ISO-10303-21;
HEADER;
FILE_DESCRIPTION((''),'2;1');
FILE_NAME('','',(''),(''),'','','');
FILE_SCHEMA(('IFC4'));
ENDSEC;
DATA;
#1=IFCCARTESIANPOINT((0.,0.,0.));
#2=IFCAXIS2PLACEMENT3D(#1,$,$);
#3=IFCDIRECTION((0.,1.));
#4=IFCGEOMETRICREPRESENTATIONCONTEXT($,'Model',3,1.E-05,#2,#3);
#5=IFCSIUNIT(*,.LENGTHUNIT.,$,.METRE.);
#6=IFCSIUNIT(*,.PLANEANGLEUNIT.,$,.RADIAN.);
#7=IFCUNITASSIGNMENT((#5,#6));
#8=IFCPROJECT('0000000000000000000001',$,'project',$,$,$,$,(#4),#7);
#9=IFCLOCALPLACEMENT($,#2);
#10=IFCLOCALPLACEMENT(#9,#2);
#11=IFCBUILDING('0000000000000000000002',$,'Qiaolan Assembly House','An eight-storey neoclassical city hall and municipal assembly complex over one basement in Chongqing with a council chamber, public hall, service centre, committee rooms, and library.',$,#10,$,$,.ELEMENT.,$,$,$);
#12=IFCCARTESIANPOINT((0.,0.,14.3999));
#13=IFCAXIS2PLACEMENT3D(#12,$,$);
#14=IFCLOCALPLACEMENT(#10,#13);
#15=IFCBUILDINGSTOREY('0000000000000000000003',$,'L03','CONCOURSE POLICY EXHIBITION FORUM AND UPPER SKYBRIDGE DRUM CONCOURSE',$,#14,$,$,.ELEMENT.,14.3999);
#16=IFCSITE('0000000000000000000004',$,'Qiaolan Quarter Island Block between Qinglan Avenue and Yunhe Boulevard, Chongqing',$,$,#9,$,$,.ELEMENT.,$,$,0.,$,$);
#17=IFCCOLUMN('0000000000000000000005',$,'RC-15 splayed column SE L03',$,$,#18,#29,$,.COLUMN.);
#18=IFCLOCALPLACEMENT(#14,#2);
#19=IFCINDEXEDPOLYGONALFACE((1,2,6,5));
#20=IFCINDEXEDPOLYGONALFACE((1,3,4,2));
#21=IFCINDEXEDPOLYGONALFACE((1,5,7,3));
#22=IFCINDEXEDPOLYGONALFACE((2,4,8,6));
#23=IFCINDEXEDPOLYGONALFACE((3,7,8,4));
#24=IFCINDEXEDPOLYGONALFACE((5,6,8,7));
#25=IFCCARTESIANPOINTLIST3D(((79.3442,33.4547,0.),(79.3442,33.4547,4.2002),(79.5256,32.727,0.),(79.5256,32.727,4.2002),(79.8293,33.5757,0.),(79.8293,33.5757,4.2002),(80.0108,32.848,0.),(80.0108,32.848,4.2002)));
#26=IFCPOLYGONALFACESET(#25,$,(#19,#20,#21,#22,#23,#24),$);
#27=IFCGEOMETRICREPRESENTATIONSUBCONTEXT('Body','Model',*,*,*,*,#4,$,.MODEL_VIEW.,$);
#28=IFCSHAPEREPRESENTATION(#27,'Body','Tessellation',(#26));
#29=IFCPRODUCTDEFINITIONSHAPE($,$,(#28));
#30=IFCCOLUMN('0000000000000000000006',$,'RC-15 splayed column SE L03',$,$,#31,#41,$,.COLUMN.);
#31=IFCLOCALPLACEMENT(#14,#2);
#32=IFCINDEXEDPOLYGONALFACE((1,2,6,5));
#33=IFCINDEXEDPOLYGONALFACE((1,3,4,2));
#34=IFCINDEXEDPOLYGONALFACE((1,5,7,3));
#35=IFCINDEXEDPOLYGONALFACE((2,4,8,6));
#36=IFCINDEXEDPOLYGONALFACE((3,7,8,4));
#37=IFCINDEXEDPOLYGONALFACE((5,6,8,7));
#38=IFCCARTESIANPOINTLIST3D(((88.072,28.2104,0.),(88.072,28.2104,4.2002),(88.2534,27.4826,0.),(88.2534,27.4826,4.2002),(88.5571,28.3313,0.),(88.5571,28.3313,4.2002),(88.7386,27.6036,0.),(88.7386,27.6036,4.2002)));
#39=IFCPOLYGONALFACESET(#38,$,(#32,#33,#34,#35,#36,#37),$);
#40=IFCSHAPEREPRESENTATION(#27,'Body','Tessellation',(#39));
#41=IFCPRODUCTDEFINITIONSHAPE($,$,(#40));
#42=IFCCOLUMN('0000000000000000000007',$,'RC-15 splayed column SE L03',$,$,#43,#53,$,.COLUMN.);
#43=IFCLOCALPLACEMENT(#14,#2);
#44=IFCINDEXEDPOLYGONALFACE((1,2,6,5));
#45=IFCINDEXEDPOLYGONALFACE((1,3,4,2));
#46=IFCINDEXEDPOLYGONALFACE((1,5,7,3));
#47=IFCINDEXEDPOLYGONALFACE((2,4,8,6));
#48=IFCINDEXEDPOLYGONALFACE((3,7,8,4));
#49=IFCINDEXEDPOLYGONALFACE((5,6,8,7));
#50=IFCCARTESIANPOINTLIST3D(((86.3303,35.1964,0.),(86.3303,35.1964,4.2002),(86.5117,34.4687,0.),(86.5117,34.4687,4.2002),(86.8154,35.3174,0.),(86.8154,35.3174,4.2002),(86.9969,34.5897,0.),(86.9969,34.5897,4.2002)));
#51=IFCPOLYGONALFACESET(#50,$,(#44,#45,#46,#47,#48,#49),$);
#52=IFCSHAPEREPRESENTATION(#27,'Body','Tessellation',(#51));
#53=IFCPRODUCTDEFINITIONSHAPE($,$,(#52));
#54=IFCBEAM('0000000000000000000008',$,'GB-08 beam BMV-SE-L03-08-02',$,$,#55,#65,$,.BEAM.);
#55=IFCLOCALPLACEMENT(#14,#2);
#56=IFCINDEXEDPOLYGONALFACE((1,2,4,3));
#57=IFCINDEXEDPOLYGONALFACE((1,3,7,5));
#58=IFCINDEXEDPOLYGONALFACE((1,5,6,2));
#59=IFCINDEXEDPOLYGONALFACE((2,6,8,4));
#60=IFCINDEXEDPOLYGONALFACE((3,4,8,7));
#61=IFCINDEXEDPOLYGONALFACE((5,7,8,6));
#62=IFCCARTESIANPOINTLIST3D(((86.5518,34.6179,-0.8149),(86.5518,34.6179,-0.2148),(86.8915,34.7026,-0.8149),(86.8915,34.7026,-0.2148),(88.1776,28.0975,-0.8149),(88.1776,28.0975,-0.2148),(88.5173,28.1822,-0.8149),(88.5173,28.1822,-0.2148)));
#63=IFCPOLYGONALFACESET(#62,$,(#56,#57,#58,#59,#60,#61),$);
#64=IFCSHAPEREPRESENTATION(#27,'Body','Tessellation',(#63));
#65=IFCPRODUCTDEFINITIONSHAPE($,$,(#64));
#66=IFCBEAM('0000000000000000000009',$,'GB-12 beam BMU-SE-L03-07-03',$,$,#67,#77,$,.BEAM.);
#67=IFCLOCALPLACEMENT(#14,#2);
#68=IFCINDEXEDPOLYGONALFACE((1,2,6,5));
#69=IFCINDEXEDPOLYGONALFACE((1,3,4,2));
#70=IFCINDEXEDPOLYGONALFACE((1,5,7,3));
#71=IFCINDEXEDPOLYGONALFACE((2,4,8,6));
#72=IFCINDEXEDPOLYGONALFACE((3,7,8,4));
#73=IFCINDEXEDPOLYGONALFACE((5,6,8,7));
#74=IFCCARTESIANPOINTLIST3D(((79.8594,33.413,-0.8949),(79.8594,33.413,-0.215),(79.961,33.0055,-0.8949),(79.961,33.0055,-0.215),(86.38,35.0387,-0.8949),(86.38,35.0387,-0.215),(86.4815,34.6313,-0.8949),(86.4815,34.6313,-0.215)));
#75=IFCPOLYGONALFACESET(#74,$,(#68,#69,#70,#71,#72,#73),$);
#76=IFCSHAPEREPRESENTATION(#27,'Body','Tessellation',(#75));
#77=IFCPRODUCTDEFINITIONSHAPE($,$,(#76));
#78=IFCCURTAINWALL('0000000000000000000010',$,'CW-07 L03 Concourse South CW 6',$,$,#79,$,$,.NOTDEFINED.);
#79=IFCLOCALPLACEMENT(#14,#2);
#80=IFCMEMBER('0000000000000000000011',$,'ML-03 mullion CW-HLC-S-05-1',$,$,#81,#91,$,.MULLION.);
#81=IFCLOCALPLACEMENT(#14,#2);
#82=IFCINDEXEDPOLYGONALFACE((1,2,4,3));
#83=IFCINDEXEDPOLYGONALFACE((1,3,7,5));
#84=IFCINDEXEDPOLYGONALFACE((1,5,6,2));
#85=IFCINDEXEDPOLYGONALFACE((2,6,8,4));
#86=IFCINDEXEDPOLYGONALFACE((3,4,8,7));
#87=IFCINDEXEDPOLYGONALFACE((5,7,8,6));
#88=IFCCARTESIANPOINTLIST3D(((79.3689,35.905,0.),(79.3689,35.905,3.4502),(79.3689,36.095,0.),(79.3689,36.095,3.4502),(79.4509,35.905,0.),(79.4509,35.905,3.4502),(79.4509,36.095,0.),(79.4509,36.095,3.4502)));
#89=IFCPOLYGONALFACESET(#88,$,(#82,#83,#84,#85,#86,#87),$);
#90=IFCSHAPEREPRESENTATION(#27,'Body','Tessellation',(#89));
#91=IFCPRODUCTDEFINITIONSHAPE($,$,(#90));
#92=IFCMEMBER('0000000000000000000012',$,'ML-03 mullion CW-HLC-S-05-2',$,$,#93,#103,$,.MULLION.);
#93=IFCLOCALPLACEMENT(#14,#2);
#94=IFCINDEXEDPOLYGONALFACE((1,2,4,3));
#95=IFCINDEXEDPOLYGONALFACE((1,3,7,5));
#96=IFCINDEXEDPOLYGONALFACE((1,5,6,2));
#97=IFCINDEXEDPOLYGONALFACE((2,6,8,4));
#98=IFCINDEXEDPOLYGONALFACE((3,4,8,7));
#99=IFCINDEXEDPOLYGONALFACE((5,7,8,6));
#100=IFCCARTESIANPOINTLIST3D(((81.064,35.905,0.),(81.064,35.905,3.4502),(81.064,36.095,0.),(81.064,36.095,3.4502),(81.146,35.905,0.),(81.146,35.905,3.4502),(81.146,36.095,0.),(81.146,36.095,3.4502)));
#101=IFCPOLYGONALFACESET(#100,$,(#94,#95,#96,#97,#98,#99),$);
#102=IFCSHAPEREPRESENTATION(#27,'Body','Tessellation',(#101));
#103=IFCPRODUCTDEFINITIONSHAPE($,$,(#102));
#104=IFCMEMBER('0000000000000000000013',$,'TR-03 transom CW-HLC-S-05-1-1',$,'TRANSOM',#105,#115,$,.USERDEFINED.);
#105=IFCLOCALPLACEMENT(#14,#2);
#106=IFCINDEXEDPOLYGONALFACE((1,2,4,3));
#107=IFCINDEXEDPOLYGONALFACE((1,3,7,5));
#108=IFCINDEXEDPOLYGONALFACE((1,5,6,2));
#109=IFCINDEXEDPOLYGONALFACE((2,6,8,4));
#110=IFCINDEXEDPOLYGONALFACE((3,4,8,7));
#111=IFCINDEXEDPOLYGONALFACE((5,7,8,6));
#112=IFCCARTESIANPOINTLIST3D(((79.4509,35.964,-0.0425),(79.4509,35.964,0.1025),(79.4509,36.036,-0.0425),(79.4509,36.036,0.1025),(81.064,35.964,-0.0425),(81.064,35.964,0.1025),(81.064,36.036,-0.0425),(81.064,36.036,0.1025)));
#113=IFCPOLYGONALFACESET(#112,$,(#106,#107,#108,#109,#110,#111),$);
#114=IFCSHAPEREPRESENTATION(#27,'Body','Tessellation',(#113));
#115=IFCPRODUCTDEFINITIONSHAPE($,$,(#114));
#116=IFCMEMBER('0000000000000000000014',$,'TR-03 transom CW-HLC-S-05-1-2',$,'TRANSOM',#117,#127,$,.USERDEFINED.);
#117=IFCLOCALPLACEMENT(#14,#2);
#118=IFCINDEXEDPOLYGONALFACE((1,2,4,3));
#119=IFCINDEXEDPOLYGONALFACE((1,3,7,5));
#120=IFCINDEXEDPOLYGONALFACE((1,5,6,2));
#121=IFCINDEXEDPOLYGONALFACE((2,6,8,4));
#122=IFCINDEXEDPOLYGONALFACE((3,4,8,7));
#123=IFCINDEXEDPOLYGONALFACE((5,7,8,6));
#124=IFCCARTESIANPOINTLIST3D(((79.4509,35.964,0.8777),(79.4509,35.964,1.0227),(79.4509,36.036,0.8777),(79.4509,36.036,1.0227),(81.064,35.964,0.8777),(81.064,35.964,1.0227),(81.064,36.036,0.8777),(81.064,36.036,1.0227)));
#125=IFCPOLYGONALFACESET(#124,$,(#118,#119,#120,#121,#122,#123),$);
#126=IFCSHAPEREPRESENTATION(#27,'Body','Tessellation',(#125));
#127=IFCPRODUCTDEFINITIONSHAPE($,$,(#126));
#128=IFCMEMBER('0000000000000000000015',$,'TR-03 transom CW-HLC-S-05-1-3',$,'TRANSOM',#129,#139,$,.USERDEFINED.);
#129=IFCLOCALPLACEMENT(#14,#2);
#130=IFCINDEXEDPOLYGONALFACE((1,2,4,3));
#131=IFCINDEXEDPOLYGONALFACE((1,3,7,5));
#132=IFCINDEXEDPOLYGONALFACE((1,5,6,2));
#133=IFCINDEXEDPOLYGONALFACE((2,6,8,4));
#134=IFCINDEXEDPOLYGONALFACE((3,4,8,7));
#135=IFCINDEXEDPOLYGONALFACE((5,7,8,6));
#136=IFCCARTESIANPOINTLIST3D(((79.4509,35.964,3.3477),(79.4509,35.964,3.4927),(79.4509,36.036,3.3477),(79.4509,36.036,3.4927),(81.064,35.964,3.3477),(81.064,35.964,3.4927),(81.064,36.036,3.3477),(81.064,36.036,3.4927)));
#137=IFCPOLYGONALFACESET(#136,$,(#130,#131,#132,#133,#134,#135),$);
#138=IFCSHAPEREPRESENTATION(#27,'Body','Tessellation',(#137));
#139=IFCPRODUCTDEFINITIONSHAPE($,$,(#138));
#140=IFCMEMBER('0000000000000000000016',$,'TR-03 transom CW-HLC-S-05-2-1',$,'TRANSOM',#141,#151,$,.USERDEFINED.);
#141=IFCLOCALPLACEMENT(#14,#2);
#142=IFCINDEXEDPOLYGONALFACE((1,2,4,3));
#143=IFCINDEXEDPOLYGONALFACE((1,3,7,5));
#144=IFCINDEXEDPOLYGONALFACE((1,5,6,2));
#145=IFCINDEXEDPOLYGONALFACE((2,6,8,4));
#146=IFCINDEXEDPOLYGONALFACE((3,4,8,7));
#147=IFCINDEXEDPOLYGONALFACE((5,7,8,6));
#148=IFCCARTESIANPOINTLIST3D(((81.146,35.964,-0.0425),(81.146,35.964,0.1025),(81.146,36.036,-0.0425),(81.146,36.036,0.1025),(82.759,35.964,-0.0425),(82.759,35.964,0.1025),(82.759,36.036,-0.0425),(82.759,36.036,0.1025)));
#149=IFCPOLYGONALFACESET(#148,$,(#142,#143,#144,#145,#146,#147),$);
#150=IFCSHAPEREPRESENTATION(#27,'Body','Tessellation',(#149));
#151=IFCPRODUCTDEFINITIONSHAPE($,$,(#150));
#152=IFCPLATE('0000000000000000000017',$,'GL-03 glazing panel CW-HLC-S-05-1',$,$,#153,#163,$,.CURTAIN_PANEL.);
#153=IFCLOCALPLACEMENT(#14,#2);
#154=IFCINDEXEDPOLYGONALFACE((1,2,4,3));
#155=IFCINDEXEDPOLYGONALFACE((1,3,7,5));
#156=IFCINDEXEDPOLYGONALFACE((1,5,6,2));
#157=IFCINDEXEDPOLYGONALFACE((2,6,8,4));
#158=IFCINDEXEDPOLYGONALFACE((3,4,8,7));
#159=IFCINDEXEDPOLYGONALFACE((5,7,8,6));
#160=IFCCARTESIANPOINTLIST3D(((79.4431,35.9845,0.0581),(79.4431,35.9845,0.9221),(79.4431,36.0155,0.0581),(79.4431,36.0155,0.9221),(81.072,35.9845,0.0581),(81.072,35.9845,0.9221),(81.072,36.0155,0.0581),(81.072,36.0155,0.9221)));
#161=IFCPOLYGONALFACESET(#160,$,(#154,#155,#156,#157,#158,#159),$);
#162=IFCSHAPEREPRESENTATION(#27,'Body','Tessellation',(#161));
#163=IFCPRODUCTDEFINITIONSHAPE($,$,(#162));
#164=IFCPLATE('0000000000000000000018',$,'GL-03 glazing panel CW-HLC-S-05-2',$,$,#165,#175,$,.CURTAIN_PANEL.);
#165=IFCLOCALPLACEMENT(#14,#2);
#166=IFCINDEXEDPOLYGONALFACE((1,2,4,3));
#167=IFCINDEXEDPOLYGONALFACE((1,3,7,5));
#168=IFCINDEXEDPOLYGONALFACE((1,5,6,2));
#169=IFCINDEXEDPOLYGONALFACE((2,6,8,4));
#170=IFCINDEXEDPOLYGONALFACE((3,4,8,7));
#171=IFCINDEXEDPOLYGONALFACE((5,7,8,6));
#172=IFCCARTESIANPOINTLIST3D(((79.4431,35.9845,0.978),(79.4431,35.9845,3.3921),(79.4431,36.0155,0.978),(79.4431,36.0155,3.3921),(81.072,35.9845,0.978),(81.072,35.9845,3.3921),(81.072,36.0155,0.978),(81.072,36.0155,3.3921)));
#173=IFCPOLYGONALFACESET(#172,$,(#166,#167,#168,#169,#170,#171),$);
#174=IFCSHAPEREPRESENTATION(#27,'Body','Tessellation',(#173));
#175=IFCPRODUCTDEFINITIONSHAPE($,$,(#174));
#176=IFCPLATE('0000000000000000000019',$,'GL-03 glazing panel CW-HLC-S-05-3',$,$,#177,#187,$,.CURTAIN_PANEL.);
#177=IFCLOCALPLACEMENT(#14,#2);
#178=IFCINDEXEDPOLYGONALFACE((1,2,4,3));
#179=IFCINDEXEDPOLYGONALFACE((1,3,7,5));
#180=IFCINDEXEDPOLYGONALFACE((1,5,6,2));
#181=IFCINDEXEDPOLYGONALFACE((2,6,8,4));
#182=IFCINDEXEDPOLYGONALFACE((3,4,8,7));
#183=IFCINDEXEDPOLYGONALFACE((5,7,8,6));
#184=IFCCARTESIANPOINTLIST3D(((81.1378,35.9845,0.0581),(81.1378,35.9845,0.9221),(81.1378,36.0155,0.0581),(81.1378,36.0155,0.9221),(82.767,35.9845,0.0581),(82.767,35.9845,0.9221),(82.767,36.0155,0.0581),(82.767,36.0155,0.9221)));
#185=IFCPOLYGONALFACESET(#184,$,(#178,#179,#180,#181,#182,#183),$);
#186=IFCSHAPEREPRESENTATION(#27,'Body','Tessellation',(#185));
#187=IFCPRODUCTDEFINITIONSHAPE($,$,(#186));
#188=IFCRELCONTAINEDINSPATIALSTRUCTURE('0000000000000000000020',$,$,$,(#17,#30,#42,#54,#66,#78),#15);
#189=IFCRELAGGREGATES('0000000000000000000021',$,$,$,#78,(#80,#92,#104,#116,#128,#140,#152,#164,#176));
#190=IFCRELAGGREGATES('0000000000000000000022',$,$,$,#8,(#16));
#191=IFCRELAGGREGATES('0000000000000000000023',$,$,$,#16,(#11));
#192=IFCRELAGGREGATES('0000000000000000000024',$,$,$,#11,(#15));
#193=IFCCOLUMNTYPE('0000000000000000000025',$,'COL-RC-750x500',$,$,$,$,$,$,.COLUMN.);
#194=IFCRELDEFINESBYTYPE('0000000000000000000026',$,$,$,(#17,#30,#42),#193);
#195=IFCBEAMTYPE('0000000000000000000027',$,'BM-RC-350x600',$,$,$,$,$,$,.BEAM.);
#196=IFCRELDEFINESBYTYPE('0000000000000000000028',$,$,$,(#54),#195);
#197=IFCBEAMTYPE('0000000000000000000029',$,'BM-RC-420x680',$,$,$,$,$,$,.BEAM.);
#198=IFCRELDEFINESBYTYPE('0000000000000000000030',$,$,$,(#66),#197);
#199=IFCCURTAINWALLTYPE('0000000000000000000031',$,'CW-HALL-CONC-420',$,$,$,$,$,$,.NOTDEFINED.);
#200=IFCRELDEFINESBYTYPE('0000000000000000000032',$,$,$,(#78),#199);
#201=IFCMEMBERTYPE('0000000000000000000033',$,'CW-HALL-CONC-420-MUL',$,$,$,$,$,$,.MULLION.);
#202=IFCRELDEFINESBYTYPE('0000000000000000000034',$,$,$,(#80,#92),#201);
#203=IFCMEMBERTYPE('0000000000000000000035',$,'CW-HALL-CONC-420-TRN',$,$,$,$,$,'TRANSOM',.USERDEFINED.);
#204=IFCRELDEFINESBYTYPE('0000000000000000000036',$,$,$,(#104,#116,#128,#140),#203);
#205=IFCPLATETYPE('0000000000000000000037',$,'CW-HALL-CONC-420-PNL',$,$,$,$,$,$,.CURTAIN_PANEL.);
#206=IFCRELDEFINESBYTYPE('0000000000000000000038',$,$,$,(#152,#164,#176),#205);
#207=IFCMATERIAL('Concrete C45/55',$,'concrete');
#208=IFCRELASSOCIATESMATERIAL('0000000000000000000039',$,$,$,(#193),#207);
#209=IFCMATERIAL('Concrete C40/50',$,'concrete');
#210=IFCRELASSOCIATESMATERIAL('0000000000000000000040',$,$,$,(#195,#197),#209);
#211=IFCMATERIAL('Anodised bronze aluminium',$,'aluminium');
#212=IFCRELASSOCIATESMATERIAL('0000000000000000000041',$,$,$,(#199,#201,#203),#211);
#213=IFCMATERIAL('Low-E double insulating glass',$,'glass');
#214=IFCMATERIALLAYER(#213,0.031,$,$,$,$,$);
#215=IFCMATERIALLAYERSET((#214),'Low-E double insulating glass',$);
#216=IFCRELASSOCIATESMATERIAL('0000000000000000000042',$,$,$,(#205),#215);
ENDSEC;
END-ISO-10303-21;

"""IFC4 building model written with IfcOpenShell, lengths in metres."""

from ifc_helpers import new_model, si_unit, direction, frame, frame_2d, origin, origin_2d, place, context, subcontext, project, spatial, rectangle, extrude, material, layer, layer_set, material_profile, profile_set, type_object, element, aggregate, save


model = new_model("IFC4")

# Units and contexts
model_context = context("Model", 3, precision=1e-05, world=origin(), true_north=direction((0.0, 1.0)))
body_context = subcontext(model_context, "Body", "Model", "MODEL_VIEW")
ifc_project = project(units=[si_unit("LENGTHUNIT", "METRE"), si_unit("PLANEANGLEUNIT", "RADIAN")], contexts=[model_context])

# Site, building, storey
site_placement = place(None, origin())
site = spatial("IfcSite", under=ifc_project, at=site_placement, Name="Qiaolan Quarter Island Block between Qinglan Avenue and Yunhe Boulevard, Chongqing", CompositionType="ELEMENT", RefElevation=0.0)
building_placement = place(site_placement, origin())
building = spatial("IfcBuilding", under=site, at=building_placement, Name="Qiaolan Assembly House", Description="An eight-storey neoclassical city hall and municipal assembly complex over one basement in Chongqing with a council chamber, public hall, service centre, committee rooms, and library.", CompositionType="ELEMENT")
storey_placement = place(building_placement, frame((0.0, 0.0, 14.3999)))
storey = spatial("IfcBuildingStorey", under=building, at=storey_placement, Name="L03", Description="CONCOURSE POLICY EXHIBITION FORUM AND UPPER SKYBRIDGE DRUM CONCOURSE", CompositionType="ELEMENT", Elevation=14.3999)

# Columns
ifc_material_1 = material(Name="Concrete C45/55", Category="concrete")
ifc_material_profile_1 = material_profile(ifc_material_1, rectangle(XDim=0.5, YDim=0.75, at=origin_2d()), Name="RC 750x500")
ifc_profile_set_1 = profile_set([ifc_material_profile_1], Name="Concrete C45/55")
column_type = type_object("IfcColumnType", Name="COL-RC-750x500", PredefinedType="COLUMN", material=ifc_profile_set_1)
for number, where, z_axis, x_axis, name in (
    (1, (79.6775, 33.1514, 0.0), (0.0, 0.0, 1.0), (0.970296, 0.241922, 0.0), "RC-15 splayed column SE L03"),
    (2, (88.4053, 27.907, 0.0), (0.0, 0.0, 1.0), (0.970296, 0.241922, 0.0), "RC-15 splayed column SE L03"),
    (3, (86.6636, 34.8931, 0.0), (0.0, 0.0, 1.0), (0.970296, 0.241922, 0.0), "RC-15 splayed column SE L03"),
):
    element("IfcColumn", number, at=place(storey_placement, frame(where, z_axis=z_axis, x_axis=x_axis)), inside=storey, type_object=column_type, Name=name, PredefinedType="COLUMN", context=body_context, shape_type="SweptSolid", body=[
        extrude(rectangle(XDim=0.5, YDim=0.75, at=origin_2d()), origin(), (0.0, 0.0, 1.0), 4.2002),
    ])

# Beams
ifc_material_2 = material(Name="Concrete C40/50", Category="concrete")
ifc_material_profile_2 = material_profile(ifc_material_2, rectangle(XDim=0.3501, YDim=0.6001, at=origin_2d()), Name="RCB 350x600")
ifc_profile_set_2 = profile_set([ifc_material_profile_2], Name="Concrete C40/50")
beam_type_1 = type_object("IfcBeamType", Name="BM-RC-350x600", PredefinedType="BEAM", material=ifc_profile_set_2)
beam_1_placement = place(storey_placement, frame((88.3474, 28.1399, -0.5149), z_axis=(-0.241929, 0.970294, 0.0), x_axis=(-0.970294, -0.241929, 0.0)))
element("IfcBeam", 4, at=beam_1_placement, inside=storey, type_object=beam_type_1, Name="GB-08 beam BMV-SE-L03-08-02", PredefinedType="BEAM", context=body_context, shape_type="SweptSolid", body=[
    extrude(rectangle(XDim=0.3501, YDim=0.6001, at=origin_2d()), origin(), (0.0, 0.0, 1.0), 6.72),
])
ifc_material_profile_3 = material_profile(ifc_material_2, rectangle(XDim=0.4199, YDim=0.6799, at=origin_2d()), Name="RCB 420x680")
ifc_profile_set_3 = profile_set([ifc_material_profile_3], Name="Concrete C40/50")
beam_type_2 = type_object("IfcBeamType", Name="BM-RC-420x680", PredefinedType="BEAM", material=ifc_profile_set_3)
beam_2_placement = place(storey_placement, frame((79.9102, 33.2092, -0.5549), z_axis=(0.970296, 0.24192, 0.0), x_axis=(-0.24192, 0.970296, 0.0)))
element("IfcBeam", 5, at=beam_2_placement, inside=storey, type_object=beam_type_2, Name="GB-12 beam BMU-SE-L03-07-03", PredefinedType="BEAM", context=body_context, shape_type="SweptSolid", body=[
    extrude(rectangle(XDim=0.4199, YDim=0.6799, at=origin_2d()), origin(), (0.0, 0.0, 1.0), 6.7202),
])

# Curtain wall, members, plates
ifc_material_3 = material(Name="Anodised bronze aluminium", Category="aluminium")
curtain_wall_type = type_object("IfcCurtainWallType", Name="CW-HALL-CONC-420", PredefinedType="NOTDEFINED", material=ifc_material_3)
curtain_wall_placement = place(storey_placement, origin())
curtain_wall = element("IfcCurtainWall", 6, at=curtain_wall_placement, inside=storey, type_object=curtain_wall_type, Name="CW-07 L03 Concourse South CW 6", PredefinedType="NOTDEFINED")
ifc_material_profile_4 = material_profile(ifc_material_3, rectangle(XDim=0.082, YDim=0.1899, at=origin_2d()), Name="MUL 82x190")
ifc_profile_set_4 = profile_set([ifc_material_profile_4], Name="Anodised bronze aluminium")
member_type_1 = type_object("IfcMemberType", Name="CW-HALL-CONC-420-MUL", PredefinedType="MULLION", material=ifc_profile_set_4)
member_1_placement = place(storey_placement, frame((79.4099, 36.0, 0.0), z_axis=(0.0, 0.0, 1.0), x_axis=(1.0, 0.0, 0.0)))
member_1 = element("IfcMember", 7, at=member_1_placement, type_object=member_type_1, Name="ML-03 mullion CW-HLC-S-05-1", PredefinedType="MULLION", context=body_context, shape_type="SweptSolid", body=[
    extrude(rectangle(XDim=0.082, YDim=0.1899, at=origin_2d()), origin(), (0.0, 0.0, 1.0), 3.4502),
])
member_2_placement = place(storey_placement, frame((81.105, 36.0, 0.0), z_axis=(0.0, 0.0, 1.0), x_axis=(1.0, 0.0, 0.0)))
member_2 = element("IfcMember", 8, at=member_2_placement, type_object=member_type_1, Name="ML-03 mullion CW-HLC-S-05-2", PredefinedType="MULLION", context=body_context, shape_type="SweptSolid", body=[
    extrude(rectangle(XDim=0.082, YDim=0.1899, at=origin_2d()), origin(), (0.0, 0.0, 1.0), 3.4502),
])
ifc_material_profile_5 = material_profile(ifc_material_3, rectangle(XDim=0.072, YDim=0.145, at=origin_2d()), Name="TRN 72x145")
ifc_profile_set_5 = profile_set([ifc_material_profile_5], Name="Anodised bronze aluminium")
member_type_2 = type_object("IfcMemberType", Name="CW-HALL-CONC-420-TRN", ElementType="TRANSOM", PredefinedType="USERDEFINED", material=ifc_profile_set_5)
member_3_placement = place(storey_placement, frame((79.4509, 36.0, 0.03), z_axis=(1.0, 0.0, 0.0), x_axis=(0.0, 1.0, 0.0)))
member_3 = element("IfcMember", 9, at=member_3_placement, type_object=member_type_2, Name="TR-03 transom CW-HLC-S-05-1-1", ObjectType="TRANSOM", PredefinedType="USERDEFINED", context=body_context, shape_type="SweptSolid", body=[
    extrude(rectangle(XDim=0.072, YDim=0.145, at=origin_2d()), origin(), (0.0, 0.0, 1.0), 1.613),
])
member_4_placement = place(storey_placement, frame((79.4509, 36.0, 0.9502), z_axis=(1.0, 0.0, 0.0), x_axis=(0.0, 1.0, 0.0)))
member_4 = element("IfcMember", 10, at=member_4_placement, type_object=member_type_2, Name="TR-03 transom CW-HLC-S-05-1-2", ObjectType="TRANSOM", PredefinedType="USERDEFINED", context=body_context, shape_type="SweptSolid", body=[
    extrude(rectangle(XDim=0.072, YDim=0.145, at=origin_2d()), origin(), (0.0, 0.0, 1.0), 1.613),
])
member_5_placement = place(storey_placement, frame((79.4509, 36.0, 3.4202), z_axis=(1.0, 0.0, 0.0), x_axis=(0.0, 1.0, 0.0)))
member_5 = element("IfcMember", 11, at=member_5_placement, type_object=member_type_2, Name="TR-03 transom CW-HLC-S-05-1-3", ObjectType="TRANSOM", PredefinedType="USERDEFINED", context=body_context, shape_type="SweptSolid", body=[
    extrude(rectangle(XDim=0.072, YDim=0.145, at=origin_2d()), origin(), (0.0, 0.0, 1.0), 1.613),
])
member_6_placement = place(storey_placement, frame((81.146, 36.0, 0.03), z_axis=(1.0, 0.0, 0.0), x_axis=(0.0, 1.0, 0.0)))
member_6 = element("IfcMember", 12, at=member_6_placement, type_object=member_type_2, Name="TR-03 transom CW-HLC-S-05-2-1", ObjectType="TRANSOM", PredefinedType="USERDEFINED", context=body_context, shape_type="SweptSolid", body=[
    extrude(rectangle(XDim=0.072, YDim=0.145, at=origin_2d()), origin(), (0.0, 0.0, 1.0), 1.613),
])
ifc_material_4 = material(Name="Low-E double insulating glass", Category="glass")
ifc_layer_1 = layer(ifc_material_4, 0.031)
ifc_layer_set_1 = layer_set([ifc_layer_1], Name="Low-E double insulating glass")
plate_type = type_object("IfcPlateType", Name="CW-HALL-CONC-420-PNL", PredefinedType="CURTAIN_PANEL", material=ifc_layer_set_1)
plate_1_placement = place(storey_placement, frame((79.4431, 36.0, 0.0581), z_axis=(0.0, 0.0, 1.0), x_axis=(1.0, 0.0, 0.0)))
plate_1 = element("IfcPlate", 13, at=plate_1_placement, type_object=plate_type, Name="GL-03 glazing panel CW-HLC-S-05-1", PredefinedType="CURTAIN_PANEL", context=body_context, shape_type="SweptSolid", body=[
    extrude(rectangle(XDim=1.6289, YDim=0.031, at=frame_2d((0.8145, 0.0))), origin(), (0.0, 0.0, 1.0), 0.864),
])
plate_2_placement = place(storey_placement, frame((79.4431, 36.0, 0.978), z_axis=(0.0, 0.0, 1.0), x_axis=(1.0, 0.0, 0.0)))
plate_2 = element("IfcPlate", 14, at=plate_2_placement, type_object=plate_type, Name="GL-03 glazing panel CW-HLC-S-05-2", PredefinedType="CURTAIN_PANEL", context=body_context, shape_type="SweptSolid", body=[
    extrude(rectangle(XDim=1.6289, YDim=0.031, at=frame_2d((0.8145, 0.0))), origin(), (0.0, 0.0, 1.0), 2.4141),
])
plate_3_placement = place(storey_placement, frame((81.1379, 36.0, 0.0581), z_axis=(0.0, 0.0, 1.0), x_axis=(1.0, 0.0, 0.0)))
plate_3 = element("IfcPlate", 15, at=plate_3_placement, type_object=plate_type, Name="GL-03 glazing panel CW-HLC-S-05-3", PredefinedType="CURTAIN_PANEL", context=body_context, shape_type="SweptSolid", body=[
    extrude(rectangle(XDim=1.6292, YDim=0.031, at=frame_2d((0.8145, 0.0))), origin(), (0.0, 0.0, 1.0), 0.864),
])
aggregate(curtain_wall, [member_1, member_2, member_3, member_4, member_5, member_6, plate_1, plate_2, plate_3])

save(model, "model.ifc")
